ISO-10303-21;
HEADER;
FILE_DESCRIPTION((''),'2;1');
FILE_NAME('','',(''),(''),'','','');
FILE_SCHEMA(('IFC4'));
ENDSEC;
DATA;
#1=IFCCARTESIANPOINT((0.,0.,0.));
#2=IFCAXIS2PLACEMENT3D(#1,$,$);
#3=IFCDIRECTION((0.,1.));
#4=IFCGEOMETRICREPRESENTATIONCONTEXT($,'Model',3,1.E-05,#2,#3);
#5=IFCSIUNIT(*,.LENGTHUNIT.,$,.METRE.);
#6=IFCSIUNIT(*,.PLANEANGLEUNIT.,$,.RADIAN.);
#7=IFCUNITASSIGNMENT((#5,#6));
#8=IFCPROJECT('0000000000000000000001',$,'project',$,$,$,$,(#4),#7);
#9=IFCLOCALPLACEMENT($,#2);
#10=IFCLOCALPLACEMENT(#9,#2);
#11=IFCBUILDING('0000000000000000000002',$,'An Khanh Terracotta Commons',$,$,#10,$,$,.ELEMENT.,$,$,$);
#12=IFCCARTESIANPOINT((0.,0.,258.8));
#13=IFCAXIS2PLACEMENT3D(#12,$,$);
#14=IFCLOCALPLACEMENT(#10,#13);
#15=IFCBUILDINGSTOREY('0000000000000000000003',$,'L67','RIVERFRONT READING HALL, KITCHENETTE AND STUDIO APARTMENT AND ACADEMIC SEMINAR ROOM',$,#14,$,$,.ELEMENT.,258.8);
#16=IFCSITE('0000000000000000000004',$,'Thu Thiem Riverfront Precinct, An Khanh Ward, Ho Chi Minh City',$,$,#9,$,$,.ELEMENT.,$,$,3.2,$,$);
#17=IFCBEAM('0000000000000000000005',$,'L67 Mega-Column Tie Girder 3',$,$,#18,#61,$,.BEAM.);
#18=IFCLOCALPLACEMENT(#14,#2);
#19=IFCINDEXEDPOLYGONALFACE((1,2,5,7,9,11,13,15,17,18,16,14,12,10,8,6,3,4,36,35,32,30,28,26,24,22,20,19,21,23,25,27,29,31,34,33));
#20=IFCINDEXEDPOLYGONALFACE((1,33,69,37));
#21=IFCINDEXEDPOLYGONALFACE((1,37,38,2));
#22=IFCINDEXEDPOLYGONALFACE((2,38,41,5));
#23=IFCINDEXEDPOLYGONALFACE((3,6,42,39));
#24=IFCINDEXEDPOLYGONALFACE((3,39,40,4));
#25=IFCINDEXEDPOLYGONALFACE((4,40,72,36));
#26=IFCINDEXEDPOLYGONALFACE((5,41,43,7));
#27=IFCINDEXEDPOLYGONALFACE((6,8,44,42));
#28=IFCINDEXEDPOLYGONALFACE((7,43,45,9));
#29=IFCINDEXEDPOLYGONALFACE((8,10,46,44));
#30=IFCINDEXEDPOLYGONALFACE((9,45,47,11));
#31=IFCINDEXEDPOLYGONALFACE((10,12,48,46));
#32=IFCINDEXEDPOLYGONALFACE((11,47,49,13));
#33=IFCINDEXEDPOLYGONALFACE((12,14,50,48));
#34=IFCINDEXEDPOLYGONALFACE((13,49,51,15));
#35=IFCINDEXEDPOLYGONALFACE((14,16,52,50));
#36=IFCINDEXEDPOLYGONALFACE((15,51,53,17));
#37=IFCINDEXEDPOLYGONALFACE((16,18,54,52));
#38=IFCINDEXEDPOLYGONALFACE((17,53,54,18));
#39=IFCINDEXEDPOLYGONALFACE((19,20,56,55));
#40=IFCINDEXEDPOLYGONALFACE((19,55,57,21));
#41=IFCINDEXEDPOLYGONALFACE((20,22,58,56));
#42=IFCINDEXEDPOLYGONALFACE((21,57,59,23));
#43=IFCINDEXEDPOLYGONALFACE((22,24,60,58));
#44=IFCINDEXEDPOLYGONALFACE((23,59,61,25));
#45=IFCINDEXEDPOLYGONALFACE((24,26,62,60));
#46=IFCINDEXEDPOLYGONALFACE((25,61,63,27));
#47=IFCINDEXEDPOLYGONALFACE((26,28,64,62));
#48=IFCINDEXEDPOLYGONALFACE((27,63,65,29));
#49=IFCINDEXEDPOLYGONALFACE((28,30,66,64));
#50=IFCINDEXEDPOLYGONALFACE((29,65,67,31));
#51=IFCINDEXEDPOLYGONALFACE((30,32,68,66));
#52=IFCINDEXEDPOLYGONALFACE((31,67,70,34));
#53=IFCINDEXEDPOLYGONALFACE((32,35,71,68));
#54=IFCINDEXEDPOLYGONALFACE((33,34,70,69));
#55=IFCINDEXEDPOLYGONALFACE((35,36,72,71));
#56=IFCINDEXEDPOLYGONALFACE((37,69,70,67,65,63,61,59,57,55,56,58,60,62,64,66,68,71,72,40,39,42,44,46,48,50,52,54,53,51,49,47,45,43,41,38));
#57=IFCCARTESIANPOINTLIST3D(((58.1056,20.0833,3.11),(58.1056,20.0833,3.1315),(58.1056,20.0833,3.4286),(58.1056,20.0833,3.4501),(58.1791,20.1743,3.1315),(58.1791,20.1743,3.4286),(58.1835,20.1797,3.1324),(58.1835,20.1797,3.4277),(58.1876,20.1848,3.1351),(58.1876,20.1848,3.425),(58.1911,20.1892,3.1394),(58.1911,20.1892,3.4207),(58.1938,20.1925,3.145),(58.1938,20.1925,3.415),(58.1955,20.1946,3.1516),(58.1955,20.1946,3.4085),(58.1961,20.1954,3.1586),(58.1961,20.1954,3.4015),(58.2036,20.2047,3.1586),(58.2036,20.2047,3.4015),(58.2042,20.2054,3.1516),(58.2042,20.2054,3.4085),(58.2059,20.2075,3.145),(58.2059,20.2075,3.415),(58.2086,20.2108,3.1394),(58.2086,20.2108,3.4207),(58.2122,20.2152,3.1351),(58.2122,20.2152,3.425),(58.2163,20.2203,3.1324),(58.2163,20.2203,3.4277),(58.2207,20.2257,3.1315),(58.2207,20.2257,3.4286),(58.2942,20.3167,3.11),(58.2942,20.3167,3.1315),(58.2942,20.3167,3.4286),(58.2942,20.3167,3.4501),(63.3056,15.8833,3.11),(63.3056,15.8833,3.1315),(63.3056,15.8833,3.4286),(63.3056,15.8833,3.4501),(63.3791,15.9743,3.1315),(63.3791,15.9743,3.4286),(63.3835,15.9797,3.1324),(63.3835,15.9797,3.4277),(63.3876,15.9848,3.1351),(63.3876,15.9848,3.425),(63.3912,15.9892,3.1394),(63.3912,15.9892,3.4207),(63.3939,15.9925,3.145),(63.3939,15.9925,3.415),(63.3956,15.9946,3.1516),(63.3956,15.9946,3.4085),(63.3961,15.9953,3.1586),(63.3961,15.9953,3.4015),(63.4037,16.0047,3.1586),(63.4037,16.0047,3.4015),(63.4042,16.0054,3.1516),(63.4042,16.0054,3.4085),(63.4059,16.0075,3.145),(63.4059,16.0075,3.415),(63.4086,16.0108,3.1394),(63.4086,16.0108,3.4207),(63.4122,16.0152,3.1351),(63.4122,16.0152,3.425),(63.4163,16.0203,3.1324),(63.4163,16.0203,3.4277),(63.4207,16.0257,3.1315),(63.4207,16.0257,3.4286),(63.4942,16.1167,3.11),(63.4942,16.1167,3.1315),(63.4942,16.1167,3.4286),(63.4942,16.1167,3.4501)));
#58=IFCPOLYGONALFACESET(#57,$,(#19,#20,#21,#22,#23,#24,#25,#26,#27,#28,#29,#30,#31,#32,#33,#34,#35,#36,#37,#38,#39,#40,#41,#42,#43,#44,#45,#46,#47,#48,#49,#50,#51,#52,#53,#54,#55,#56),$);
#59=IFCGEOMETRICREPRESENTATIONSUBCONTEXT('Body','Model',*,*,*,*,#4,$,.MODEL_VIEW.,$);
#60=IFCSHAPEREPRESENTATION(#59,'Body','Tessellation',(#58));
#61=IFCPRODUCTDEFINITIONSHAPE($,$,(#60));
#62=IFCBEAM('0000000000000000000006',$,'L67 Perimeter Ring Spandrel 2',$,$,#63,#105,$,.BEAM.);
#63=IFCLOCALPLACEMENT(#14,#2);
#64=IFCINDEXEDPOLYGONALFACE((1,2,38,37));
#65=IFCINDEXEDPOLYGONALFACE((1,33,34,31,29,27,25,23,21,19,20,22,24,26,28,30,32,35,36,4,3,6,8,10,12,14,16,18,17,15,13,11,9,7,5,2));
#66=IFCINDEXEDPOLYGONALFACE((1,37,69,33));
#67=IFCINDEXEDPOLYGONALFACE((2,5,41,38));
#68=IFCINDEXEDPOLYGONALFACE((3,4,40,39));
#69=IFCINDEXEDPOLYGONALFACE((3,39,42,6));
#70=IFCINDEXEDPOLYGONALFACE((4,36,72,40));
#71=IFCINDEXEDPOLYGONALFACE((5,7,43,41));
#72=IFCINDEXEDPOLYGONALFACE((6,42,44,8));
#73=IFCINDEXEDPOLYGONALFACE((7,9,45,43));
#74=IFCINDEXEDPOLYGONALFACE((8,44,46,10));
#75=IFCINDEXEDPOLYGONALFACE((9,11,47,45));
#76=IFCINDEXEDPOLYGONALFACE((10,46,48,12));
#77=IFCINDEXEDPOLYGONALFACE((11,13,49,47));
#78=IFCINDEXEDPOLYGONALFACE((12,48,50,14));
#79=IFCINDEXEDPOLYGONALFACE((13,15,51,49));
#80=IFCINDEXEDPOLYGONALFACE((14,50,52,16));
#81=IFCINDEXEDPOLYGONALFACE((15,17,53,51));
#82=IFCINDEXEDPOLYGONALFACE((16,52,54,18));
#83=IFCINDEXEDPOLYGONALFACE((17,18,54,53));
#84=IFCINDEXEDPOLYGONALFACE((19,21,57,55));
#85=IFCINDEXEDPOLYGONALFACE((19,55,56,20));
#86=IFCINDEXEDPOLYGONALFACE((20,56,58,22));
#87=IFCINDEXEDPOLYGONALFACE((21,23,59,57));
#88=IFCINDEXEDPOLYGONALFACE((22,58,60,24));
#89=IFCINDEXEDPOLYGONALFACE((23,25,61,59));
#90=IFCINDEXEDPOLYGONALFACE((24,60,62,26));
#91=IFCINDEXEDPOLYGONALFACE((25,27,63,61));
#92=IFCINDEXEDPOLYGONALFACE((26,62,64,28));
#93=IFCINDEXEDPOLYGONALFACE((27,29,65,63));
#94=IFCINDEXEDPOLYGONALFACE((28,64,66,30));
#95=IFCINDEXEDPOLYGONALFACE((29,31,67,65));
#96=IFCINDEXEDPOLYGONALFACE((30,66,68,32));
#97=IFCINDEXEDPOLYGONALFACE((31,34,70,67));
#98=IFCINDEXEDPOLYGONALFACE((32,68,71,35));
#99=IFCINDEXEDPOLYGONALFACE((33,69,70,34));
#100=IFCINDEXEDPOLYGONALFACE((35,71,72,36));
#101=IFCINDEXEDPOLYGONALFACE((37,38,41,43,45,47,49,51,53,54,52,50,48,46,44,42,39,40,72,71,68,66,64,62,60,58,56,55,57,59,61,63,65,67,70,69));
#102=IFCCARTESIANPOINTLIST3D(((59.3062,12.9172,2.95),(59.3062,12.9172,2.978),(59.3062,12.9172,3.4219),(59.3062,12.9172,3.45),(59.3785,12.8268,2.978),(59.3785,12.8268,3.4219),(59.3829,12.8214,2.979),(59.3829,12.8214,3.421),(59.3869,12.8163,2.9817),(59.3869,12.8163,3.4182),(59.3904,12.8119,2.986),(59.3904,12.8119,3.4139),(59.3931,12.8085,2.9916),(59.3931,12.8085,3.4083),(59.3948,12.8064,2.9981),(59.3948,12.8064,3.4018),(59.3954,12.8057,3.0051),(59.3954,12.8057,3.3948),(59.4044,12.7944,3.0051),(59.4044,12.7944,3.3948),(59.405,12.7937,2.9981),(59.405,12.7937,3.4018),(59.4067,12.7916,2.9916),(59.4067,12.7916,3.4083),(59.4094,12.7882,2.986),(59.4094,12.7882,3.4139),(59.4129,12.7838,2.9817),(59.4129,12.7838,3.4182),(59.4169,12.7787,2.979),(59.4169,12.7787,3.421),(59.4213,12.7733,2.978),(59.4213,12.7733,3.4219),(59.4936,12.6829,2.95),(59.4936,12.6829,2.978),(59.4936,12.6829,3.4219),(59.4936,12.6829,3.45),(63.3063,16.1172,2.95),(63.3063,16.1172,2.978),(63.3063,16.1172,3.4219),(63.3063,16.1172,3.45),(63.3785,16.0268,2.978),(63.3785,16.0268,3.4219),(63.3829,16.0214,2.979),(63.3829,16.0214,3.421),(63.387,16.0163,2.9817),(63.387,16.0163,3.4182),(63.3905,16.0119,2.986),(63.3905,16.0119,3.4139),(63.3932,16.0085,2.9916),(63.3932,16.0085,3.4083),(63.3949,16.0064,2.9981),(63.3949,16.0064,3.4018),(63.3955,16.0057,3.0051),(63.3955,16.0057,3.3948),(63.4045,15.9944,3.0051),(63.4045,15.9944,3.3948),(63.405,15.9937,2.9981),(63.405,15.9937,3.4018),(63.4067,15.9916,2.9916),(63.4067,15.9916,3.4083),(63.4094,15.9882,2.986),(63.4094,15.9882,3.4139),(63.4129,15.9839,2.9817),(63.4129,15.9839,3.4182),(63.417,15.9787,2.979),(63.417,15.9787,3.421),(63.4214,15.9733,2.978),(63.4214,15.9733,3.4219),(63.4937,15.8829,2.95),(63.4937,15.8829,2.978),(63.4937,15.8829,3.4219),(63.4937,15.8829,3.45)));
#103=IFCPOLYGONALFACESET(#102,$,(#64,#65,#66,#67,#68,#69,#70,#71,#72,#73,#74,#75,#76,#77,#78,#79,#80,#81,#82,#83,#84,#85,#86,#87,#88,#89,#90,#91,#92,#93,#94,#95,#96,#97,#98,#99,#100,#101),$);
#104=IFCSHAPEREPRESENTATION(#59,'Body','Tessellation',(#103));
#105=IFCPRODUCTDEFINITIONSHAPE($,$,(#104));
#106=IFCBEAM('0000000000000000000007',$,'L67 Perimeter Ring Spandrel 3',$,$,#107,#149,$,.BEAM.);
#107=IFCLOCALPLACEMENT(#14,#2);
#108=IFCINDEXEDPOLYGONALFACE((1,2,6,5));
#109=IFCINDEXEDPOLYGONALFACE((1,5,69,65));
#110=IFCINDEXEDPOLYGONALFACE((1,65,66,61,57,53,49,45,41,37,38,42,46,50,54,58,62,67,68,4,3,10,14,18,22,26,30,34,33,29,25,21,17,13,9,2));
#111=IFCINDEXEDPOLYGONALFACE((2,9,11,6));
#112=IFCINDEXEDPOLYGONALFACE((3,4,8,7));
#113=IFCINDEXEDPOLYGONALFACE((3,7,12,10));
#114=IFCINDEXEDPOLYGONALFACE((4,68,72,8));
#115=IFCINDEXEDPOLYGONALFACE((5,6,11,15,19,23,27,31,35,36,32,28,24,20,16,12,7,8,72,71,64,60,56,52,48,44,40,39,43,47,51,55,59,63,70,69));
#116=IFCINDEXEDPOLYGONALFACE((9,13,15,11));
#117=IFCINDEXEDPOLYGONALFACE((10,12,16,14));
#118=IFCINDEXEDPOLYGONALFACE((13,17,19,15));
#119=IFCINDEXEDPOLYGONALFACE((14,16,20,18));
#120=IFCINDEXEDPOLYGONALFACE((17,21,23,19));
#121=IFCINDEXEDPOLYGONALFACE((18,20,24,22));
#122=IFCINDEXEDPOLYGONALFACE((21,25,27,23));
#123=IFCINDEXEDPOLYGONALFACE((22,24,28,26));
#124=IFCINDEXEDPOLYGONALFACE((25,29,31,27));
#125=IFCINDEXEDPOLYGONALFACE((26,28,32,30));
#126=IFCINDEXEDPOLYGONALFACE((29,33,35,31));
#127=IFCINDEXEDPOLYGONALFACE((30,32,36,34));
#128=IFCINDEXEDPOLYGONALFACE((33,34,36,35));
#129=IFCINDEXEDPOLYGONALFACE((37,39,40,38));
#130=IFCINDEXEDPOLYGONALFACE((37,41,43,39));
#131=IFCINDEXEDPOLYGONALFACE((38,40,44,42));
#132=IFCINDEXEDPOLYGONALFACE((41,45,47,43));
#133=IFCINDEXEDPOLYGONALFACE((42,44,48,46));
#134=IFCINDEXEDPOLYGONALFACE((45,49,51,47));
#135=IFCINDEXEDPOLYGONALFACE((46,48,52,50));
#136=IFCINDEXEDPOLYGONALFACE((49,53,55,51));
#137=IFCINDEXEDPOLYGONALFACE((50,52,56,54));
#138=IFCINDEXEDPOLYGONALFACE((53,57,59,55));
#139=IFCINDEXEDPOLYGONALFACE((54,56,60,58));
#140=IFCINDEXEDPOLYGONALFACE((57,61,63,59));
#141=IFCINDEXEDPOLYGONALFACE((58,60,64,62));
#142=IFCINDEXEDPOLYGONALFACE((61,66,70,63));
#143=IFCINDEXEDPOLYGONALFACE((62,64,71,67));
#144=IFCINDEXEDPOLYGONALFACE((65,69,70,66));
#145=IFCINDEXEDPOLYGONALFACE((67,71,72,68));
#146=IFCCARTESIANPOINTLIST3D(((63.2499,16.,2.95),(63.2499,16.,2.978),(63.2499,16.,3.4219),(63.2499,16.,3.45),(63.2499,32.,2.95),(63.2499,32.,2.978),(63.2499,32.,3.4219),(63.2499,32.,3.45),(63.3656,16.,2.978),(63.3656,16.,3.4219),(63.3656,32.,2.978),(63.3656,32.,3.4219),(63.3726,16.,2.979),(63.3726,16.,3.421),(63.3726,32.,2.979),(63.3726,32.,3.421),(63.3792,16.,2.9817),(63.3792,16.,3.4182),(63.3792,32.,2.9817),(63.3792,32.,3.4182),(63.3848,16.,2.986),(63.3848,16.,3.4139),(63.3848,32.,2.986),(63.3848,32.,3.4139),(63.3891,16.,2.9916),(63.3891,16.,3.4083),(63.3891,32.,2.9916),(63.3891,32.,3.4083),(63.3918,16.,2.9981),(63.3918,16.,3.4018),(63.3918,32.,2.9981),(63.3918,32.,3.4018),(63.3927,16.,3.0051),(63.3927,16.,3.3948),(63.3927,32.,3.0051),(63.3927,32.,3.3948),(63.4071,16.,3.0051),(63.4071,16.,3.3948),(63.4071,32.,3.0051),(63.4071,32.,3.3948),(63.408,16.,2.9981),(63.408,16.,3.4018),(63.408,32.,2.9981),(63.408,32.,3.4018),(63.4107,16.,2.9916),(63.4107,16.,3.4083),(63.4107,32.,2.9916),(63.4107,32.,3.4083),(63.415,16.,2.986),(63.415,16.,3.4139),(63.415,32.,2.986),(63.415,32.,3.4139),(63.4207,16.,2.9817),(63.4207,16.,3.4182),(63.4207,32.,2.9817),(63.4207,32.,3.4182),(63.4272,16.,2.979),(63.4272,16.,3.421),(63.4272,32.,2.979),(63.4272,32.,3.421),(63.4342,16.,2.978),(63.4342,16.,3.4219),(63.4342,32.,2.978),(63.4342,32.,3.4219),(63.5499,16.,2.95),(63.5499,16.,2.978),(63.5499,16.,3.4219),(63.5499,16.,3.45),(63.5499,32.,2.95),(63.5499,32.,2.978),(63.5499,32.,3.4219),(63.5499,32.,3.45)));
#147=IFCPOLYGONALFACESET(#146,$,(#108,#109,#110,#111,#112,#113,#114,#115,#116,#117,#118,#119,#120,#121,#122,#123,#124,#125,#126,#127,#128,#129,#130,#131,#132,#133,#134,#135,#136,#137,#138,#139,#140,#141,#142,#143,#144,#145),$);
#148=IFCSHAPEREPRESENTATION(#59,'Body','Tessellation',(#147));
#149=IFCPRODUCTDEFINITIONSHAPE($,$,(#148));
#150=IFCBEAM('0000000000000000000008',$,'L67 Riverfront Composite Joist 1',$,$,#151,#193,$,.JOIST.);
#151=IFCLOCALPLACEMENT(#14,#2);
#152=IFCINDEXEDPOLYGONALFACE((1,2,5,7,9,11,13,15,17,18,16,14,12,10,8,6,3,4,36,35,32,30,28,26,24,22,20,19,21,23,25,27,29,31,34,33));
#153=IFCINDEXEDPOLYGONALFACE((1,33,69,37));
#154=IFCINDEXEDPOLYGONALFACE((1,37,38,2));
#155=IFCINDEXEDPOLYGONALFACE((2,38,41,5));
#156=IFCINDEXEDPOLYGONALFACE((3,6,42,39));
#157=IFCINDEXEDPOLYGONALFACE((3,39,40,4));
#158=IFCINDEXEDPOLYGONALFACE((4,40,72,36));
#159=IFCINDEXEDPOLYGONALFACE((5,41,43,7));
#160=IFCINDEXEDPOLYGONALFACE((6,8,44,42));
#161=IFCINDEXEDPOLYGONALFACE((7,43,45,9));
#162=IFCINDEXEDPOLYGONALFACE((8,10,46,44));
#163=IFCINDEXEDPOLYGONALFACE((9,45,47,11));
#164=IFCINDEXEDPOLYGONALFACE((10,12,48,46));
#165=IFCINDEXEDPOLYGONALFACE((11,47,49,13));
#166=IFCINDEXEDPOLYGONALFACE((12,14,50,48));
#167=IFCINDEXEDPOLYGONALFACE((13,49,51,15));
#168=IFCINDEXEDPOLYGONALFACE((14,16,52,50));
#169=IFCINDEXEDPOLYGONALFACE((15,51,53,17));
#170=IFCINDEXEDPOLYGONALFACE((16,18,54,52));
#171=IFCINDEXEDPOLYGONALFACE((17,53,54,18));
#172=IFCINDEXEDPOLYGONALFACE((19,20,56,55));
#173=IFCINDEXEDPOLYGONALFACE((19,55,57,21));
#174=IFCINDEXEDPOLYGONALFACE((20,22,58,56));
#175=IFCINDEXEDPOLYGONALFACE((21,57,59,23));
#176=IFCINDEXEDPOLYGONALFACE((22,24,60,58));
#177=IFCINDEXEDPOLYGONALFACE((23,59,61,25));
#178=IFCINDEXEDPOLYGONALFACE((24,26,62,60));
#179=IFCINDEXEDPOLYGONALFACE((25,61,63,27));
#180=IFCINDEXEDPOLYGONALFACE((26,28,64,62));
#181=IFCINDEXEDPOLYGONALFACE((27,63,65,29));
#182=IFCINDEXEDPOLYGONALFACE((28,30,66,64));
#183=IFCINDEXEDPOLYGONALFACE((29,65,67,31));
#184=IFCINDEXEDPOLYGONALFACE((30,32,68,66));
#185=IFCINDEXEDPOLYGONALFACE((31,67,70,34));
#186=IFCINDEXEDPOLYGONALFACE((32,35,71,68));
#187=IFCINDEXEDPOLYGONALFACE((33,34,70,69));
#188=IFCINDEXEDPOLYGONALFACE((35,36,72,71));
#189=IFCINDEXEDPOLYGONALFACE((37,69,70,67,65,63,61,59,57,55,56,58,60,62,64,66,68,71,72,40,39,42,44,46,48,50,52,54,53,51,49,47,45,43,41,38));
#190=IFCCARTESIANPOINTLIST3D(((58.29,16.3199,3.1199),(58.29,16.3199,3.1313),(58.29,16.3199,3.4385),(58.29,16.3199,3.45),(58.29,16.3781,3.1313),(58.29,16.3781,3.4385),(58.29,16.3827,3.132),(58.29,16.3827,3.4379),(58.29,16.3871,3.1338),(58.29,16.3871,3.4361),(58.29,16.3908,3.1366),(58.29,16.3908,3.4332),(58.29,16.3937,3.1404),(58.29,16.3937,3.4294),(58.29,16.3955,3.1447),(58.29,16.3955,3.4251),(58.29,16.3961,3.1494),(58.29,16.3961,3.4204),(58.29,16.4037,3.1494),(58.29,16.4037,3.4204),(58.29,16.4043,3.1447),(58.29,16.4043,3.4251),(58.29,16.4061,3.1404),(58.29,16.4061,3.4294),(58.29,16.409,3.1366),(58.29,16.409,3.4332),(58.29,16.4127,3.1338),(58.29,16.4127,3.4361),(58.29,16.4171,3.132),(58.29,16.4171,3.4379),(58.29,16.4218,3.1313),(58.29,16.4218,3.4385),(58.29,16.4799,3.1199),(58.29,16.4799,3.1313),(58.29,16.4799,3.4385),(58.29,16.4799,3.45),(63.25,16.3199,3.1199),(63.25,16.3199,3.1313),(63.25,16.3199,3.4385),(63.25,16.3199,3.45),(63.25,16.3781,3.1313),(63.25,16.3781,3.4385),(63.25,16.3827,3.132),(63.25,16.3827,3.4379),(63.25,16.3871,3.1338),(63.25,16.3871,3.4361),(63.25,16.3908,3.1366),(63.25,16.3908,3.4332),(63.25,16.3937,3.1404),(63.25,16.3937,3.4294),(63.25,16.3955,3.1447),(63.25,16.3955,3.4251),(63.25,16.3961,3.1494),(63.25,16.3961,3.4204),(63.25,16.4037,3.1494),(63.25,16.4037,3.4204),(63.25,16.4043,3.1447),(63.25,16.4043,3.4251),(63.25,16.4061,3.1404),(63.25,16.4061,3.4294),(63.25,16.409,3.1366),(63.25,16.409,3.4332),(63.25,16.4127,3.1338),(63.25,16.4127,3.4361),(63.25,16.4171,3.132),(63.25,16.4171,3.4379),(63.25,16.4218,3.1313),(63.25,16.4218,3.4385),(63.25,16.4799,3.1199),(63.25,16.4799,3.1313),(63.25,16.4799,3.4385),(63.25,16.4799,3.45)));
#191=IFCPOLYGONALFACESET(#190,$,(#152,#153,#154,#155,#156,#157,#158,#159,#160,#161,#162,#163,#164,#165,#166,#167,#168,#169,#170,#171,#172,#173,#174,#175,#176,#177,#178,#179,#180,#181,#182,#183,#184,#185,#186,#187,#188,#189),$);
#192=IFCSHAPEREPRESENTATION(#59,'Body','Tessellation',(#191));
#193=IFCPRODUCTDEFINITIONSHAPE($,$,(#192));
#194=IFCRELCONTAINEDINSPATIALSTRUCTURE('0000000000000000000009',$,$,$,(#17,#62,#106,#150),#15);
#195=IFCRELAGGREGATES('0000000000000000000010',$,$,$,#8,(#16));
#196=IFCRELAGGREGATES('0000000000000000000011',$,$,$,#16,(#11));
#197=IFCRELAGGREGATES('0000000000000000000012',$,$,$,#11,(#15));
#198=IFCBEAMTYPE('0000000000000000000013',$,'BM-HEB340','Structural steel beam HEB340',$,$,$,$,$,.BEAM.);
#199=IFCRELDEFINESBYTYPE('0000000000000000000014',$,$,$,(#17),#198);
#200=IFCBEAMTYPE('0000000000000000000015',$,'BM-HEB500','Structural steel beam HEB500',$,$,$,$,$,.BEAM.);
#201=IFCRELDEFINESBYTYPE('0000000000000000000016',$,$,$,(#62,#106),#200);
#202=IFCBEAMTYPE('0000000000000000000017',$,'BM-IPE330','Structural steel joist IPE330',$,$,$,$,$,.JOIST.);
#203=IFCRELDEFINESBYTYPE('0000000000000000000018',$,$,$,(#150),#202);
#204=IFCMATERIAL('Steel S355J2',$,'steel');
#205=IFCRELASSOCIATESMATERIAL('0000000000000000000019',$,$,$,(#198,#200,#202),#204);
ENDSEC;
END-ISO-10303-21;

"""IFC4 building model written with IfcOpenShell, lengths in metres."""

from ifc_helpers import new_model, si_unit, direction, frame, origin, origin_2d, place, context, subcontext, project, spatial, i_section, extrude, material, material_profile, profile_set, type_object, element, save


model = new_model("IFC4")

# Units and contexts
model_context = context("Model", 3, precision=1e-05, world=origin(), true_north=direction((0.0, 1.0)))
body_context = subcontext(model_context, "Body", "Model", "MODEL_VIEW")
ifc_project = project(units=[si_unit("LENGTHUNIT", "METRE"), si_unit("PLANEANGLEUNIT", "RADIAN")], contexts=[model_context])

# Site, building, storey
site_placement = place(None, origin())
site = spatial("IfcSite", under=ifc_project, at=site_placement, Name="Thu Thiem Riverfront Precinct, An Khanh Ward, Ho Chi Minh City", CompositionType="ELEMENT", RefElevation=3.2)
building_placement = place(site_placement, origin())
building = spatial("IfcBuilding", under=site, at=building_placement, Name="An Khanh Terracotta Commons", CompositionType="ELEMENT")
storey_placement = place(building_placement, frame((0.0, 0.0, 258.8)))
storey = spatial("IfcBuildingStorey", under=building, at=storey_placement, Name="L67", Description="RIVERFRONT READING HALL, KITCHENETTE AND STUDIO APARTMENT AND ACADEMIC SEMINAR ROOM", CompositionType="ELEMENT", Elevation=258.8)

# Beams
ifc_material_1 = material(Name="Steel S355J2", Category="steel")
ifc_material_profile_1 = material_profile(ifc_material_1, i_section(OverallWidth=0.3, OverallDepth=0.3401, WebThickness=0.012, FlangeThickness=0.0215, FilletRadius=0.0271, at=origin_2d()), Name="HEB340")
ifc_profile_set_1 = profile_set([ifc_material_profile_1], Name="Steel S355J2")
beam_type_1 = type_object("IfcBeamType", Name="BM-HEB340", Description="Structural steel beam HEB340", PredefinedType="BEAM", material=ifc_profile_set_1)
beam_1_placement = place(storey_placement, frame((63.3999, 16.0, 3.28), z_axis=(-0.777942, 0.628336, 0.0), x_axis=(-0.628336, -0.777942, 0.0)))
element("IfcBeam", 1, at=beam_1_placement, inside=storey, type_object=beam_type_1, Name="L67 Mega-Column Tie Girder 3", PredefinedType="BEAM", context=body_context, shape_type="SweptSolid", body=[
    extrude(i_section(OverallWidth=0.3, OverallDepth=0.3401, WebThickness=0.012, FlangeThickness=0.0215, FilletRadius=0.0271, at=origin_2d()), origin(), (0.0, 0.0, 1.0), 6.6843),
])
ifc_material_profile_2 = material_profile(ifc_material_1, i_section(OverallWidth=0.3, OverallDepth=0.5, WebThickness=0.0144, FlangeThickness=0.0281, FilletRadius=0.0271, at=origin_2d()), Name="HEB500")
ifc_profile_set_2 = profile_set([ifc_material_profile_2], Name="Steel S355J2")
beam_type_2 = type_object("IfcBeamType", Name="BM-HEB500", Description="Structural steel beam HEB500", PredefinedType="BEAM", material=ifc_profile_set_2)
beam_2_placement = place(storey_placement, frame((59.3999, 12.8, 3.2), z_axis=(0.780873, 0.624689, 0.0), x_axis=(-0.624689, 0.780873, 0.0)))
element("IfcBeam", 2, at=beam_2_placement, inside=storey, type_object=beam_type_2, Name="L67 Perimeter Ring Spandrel 2", PredefinedType="BEAM", context=body_context, shape_type="SweptSolid", body=[
    extrude(i_section(OverallWidth=0.3, OverallDepth=0.5, WebThickness=0.0144, FlangeThickness=0.0281, FilletRadius=0.0271, at=origin_2d()), origin(), (0.0, 0.0, 1.0), 5.1226),
])
beam_3_placement = place(storey_placement, frame((63.3999, 16.0, 3.2), z_axis=(0.0, 1.0, 0.0), x_axis=(-1.0, 0.0, 0.0)))
element("IfcBeam", 3, at=beam_3_placement, inside=storey, type_object=beam_type_2, Name="L67 Perimeter Ring Spandrel 3", PredefinedType="BEAM", context=body_context, shape_type="SweptSolid", body=[
    extrude(i_section(OverallWidth=0.3, OverallDepth=0.5, WebThickness=0.0144, FlangeThickness=0.0281, FilletRadius=0.0271, at=origin_2d()), origin(), (0.0, 0.0, 1.0), 16.0),
])
ifc_material_profile_3 = material_profile(ifc_material_1, i_section(OverallWidth=0.1599, OverallDepth=0.3301, WebThickness=0.0076, FlangeThickness=0.0115, FilletRadius=0.0181, at=origin_2d()), Name="IPE330")
ifc_profile_set_3 = profile_set([ifc_material_profile_3], Name="Steel S355J2")
beam_type_3 = type_object("IfcBeamType", Name="BM-IPE330", Description="Structural steel joist IPE330", PredefinedType="JOIST", material=ifc_profile_set_3)
for number, where, z_axis, x_axis, name in (
    (4, (58.29, 16.3999, 3.2849), (1.0, 0.0, 0.0), (0.0, 1.0, 0.0), "L67 Riverfront Composite Joist 1"),
):
    element("IfcBeam", number, at=place(storey_placement, frame(where, z_axis=z_axis, x_axis=x_axis)), inside=storey, type_object=beam_type_3, Name=name, PredefinedType="JOIST", context=body_context, shape_type="SweptSolid", body=[
        extrude(i_section(OverallWidth=0.1599, OverallDepth=0.3301, WebThickness=0.0076, FlangeThickness=0.0115, FilletRadius=0.0181, at=origin_2d()), origin(), (0.0, 0.0, 1.0), 4.96),
    ])

save(model, "model.ifc")
